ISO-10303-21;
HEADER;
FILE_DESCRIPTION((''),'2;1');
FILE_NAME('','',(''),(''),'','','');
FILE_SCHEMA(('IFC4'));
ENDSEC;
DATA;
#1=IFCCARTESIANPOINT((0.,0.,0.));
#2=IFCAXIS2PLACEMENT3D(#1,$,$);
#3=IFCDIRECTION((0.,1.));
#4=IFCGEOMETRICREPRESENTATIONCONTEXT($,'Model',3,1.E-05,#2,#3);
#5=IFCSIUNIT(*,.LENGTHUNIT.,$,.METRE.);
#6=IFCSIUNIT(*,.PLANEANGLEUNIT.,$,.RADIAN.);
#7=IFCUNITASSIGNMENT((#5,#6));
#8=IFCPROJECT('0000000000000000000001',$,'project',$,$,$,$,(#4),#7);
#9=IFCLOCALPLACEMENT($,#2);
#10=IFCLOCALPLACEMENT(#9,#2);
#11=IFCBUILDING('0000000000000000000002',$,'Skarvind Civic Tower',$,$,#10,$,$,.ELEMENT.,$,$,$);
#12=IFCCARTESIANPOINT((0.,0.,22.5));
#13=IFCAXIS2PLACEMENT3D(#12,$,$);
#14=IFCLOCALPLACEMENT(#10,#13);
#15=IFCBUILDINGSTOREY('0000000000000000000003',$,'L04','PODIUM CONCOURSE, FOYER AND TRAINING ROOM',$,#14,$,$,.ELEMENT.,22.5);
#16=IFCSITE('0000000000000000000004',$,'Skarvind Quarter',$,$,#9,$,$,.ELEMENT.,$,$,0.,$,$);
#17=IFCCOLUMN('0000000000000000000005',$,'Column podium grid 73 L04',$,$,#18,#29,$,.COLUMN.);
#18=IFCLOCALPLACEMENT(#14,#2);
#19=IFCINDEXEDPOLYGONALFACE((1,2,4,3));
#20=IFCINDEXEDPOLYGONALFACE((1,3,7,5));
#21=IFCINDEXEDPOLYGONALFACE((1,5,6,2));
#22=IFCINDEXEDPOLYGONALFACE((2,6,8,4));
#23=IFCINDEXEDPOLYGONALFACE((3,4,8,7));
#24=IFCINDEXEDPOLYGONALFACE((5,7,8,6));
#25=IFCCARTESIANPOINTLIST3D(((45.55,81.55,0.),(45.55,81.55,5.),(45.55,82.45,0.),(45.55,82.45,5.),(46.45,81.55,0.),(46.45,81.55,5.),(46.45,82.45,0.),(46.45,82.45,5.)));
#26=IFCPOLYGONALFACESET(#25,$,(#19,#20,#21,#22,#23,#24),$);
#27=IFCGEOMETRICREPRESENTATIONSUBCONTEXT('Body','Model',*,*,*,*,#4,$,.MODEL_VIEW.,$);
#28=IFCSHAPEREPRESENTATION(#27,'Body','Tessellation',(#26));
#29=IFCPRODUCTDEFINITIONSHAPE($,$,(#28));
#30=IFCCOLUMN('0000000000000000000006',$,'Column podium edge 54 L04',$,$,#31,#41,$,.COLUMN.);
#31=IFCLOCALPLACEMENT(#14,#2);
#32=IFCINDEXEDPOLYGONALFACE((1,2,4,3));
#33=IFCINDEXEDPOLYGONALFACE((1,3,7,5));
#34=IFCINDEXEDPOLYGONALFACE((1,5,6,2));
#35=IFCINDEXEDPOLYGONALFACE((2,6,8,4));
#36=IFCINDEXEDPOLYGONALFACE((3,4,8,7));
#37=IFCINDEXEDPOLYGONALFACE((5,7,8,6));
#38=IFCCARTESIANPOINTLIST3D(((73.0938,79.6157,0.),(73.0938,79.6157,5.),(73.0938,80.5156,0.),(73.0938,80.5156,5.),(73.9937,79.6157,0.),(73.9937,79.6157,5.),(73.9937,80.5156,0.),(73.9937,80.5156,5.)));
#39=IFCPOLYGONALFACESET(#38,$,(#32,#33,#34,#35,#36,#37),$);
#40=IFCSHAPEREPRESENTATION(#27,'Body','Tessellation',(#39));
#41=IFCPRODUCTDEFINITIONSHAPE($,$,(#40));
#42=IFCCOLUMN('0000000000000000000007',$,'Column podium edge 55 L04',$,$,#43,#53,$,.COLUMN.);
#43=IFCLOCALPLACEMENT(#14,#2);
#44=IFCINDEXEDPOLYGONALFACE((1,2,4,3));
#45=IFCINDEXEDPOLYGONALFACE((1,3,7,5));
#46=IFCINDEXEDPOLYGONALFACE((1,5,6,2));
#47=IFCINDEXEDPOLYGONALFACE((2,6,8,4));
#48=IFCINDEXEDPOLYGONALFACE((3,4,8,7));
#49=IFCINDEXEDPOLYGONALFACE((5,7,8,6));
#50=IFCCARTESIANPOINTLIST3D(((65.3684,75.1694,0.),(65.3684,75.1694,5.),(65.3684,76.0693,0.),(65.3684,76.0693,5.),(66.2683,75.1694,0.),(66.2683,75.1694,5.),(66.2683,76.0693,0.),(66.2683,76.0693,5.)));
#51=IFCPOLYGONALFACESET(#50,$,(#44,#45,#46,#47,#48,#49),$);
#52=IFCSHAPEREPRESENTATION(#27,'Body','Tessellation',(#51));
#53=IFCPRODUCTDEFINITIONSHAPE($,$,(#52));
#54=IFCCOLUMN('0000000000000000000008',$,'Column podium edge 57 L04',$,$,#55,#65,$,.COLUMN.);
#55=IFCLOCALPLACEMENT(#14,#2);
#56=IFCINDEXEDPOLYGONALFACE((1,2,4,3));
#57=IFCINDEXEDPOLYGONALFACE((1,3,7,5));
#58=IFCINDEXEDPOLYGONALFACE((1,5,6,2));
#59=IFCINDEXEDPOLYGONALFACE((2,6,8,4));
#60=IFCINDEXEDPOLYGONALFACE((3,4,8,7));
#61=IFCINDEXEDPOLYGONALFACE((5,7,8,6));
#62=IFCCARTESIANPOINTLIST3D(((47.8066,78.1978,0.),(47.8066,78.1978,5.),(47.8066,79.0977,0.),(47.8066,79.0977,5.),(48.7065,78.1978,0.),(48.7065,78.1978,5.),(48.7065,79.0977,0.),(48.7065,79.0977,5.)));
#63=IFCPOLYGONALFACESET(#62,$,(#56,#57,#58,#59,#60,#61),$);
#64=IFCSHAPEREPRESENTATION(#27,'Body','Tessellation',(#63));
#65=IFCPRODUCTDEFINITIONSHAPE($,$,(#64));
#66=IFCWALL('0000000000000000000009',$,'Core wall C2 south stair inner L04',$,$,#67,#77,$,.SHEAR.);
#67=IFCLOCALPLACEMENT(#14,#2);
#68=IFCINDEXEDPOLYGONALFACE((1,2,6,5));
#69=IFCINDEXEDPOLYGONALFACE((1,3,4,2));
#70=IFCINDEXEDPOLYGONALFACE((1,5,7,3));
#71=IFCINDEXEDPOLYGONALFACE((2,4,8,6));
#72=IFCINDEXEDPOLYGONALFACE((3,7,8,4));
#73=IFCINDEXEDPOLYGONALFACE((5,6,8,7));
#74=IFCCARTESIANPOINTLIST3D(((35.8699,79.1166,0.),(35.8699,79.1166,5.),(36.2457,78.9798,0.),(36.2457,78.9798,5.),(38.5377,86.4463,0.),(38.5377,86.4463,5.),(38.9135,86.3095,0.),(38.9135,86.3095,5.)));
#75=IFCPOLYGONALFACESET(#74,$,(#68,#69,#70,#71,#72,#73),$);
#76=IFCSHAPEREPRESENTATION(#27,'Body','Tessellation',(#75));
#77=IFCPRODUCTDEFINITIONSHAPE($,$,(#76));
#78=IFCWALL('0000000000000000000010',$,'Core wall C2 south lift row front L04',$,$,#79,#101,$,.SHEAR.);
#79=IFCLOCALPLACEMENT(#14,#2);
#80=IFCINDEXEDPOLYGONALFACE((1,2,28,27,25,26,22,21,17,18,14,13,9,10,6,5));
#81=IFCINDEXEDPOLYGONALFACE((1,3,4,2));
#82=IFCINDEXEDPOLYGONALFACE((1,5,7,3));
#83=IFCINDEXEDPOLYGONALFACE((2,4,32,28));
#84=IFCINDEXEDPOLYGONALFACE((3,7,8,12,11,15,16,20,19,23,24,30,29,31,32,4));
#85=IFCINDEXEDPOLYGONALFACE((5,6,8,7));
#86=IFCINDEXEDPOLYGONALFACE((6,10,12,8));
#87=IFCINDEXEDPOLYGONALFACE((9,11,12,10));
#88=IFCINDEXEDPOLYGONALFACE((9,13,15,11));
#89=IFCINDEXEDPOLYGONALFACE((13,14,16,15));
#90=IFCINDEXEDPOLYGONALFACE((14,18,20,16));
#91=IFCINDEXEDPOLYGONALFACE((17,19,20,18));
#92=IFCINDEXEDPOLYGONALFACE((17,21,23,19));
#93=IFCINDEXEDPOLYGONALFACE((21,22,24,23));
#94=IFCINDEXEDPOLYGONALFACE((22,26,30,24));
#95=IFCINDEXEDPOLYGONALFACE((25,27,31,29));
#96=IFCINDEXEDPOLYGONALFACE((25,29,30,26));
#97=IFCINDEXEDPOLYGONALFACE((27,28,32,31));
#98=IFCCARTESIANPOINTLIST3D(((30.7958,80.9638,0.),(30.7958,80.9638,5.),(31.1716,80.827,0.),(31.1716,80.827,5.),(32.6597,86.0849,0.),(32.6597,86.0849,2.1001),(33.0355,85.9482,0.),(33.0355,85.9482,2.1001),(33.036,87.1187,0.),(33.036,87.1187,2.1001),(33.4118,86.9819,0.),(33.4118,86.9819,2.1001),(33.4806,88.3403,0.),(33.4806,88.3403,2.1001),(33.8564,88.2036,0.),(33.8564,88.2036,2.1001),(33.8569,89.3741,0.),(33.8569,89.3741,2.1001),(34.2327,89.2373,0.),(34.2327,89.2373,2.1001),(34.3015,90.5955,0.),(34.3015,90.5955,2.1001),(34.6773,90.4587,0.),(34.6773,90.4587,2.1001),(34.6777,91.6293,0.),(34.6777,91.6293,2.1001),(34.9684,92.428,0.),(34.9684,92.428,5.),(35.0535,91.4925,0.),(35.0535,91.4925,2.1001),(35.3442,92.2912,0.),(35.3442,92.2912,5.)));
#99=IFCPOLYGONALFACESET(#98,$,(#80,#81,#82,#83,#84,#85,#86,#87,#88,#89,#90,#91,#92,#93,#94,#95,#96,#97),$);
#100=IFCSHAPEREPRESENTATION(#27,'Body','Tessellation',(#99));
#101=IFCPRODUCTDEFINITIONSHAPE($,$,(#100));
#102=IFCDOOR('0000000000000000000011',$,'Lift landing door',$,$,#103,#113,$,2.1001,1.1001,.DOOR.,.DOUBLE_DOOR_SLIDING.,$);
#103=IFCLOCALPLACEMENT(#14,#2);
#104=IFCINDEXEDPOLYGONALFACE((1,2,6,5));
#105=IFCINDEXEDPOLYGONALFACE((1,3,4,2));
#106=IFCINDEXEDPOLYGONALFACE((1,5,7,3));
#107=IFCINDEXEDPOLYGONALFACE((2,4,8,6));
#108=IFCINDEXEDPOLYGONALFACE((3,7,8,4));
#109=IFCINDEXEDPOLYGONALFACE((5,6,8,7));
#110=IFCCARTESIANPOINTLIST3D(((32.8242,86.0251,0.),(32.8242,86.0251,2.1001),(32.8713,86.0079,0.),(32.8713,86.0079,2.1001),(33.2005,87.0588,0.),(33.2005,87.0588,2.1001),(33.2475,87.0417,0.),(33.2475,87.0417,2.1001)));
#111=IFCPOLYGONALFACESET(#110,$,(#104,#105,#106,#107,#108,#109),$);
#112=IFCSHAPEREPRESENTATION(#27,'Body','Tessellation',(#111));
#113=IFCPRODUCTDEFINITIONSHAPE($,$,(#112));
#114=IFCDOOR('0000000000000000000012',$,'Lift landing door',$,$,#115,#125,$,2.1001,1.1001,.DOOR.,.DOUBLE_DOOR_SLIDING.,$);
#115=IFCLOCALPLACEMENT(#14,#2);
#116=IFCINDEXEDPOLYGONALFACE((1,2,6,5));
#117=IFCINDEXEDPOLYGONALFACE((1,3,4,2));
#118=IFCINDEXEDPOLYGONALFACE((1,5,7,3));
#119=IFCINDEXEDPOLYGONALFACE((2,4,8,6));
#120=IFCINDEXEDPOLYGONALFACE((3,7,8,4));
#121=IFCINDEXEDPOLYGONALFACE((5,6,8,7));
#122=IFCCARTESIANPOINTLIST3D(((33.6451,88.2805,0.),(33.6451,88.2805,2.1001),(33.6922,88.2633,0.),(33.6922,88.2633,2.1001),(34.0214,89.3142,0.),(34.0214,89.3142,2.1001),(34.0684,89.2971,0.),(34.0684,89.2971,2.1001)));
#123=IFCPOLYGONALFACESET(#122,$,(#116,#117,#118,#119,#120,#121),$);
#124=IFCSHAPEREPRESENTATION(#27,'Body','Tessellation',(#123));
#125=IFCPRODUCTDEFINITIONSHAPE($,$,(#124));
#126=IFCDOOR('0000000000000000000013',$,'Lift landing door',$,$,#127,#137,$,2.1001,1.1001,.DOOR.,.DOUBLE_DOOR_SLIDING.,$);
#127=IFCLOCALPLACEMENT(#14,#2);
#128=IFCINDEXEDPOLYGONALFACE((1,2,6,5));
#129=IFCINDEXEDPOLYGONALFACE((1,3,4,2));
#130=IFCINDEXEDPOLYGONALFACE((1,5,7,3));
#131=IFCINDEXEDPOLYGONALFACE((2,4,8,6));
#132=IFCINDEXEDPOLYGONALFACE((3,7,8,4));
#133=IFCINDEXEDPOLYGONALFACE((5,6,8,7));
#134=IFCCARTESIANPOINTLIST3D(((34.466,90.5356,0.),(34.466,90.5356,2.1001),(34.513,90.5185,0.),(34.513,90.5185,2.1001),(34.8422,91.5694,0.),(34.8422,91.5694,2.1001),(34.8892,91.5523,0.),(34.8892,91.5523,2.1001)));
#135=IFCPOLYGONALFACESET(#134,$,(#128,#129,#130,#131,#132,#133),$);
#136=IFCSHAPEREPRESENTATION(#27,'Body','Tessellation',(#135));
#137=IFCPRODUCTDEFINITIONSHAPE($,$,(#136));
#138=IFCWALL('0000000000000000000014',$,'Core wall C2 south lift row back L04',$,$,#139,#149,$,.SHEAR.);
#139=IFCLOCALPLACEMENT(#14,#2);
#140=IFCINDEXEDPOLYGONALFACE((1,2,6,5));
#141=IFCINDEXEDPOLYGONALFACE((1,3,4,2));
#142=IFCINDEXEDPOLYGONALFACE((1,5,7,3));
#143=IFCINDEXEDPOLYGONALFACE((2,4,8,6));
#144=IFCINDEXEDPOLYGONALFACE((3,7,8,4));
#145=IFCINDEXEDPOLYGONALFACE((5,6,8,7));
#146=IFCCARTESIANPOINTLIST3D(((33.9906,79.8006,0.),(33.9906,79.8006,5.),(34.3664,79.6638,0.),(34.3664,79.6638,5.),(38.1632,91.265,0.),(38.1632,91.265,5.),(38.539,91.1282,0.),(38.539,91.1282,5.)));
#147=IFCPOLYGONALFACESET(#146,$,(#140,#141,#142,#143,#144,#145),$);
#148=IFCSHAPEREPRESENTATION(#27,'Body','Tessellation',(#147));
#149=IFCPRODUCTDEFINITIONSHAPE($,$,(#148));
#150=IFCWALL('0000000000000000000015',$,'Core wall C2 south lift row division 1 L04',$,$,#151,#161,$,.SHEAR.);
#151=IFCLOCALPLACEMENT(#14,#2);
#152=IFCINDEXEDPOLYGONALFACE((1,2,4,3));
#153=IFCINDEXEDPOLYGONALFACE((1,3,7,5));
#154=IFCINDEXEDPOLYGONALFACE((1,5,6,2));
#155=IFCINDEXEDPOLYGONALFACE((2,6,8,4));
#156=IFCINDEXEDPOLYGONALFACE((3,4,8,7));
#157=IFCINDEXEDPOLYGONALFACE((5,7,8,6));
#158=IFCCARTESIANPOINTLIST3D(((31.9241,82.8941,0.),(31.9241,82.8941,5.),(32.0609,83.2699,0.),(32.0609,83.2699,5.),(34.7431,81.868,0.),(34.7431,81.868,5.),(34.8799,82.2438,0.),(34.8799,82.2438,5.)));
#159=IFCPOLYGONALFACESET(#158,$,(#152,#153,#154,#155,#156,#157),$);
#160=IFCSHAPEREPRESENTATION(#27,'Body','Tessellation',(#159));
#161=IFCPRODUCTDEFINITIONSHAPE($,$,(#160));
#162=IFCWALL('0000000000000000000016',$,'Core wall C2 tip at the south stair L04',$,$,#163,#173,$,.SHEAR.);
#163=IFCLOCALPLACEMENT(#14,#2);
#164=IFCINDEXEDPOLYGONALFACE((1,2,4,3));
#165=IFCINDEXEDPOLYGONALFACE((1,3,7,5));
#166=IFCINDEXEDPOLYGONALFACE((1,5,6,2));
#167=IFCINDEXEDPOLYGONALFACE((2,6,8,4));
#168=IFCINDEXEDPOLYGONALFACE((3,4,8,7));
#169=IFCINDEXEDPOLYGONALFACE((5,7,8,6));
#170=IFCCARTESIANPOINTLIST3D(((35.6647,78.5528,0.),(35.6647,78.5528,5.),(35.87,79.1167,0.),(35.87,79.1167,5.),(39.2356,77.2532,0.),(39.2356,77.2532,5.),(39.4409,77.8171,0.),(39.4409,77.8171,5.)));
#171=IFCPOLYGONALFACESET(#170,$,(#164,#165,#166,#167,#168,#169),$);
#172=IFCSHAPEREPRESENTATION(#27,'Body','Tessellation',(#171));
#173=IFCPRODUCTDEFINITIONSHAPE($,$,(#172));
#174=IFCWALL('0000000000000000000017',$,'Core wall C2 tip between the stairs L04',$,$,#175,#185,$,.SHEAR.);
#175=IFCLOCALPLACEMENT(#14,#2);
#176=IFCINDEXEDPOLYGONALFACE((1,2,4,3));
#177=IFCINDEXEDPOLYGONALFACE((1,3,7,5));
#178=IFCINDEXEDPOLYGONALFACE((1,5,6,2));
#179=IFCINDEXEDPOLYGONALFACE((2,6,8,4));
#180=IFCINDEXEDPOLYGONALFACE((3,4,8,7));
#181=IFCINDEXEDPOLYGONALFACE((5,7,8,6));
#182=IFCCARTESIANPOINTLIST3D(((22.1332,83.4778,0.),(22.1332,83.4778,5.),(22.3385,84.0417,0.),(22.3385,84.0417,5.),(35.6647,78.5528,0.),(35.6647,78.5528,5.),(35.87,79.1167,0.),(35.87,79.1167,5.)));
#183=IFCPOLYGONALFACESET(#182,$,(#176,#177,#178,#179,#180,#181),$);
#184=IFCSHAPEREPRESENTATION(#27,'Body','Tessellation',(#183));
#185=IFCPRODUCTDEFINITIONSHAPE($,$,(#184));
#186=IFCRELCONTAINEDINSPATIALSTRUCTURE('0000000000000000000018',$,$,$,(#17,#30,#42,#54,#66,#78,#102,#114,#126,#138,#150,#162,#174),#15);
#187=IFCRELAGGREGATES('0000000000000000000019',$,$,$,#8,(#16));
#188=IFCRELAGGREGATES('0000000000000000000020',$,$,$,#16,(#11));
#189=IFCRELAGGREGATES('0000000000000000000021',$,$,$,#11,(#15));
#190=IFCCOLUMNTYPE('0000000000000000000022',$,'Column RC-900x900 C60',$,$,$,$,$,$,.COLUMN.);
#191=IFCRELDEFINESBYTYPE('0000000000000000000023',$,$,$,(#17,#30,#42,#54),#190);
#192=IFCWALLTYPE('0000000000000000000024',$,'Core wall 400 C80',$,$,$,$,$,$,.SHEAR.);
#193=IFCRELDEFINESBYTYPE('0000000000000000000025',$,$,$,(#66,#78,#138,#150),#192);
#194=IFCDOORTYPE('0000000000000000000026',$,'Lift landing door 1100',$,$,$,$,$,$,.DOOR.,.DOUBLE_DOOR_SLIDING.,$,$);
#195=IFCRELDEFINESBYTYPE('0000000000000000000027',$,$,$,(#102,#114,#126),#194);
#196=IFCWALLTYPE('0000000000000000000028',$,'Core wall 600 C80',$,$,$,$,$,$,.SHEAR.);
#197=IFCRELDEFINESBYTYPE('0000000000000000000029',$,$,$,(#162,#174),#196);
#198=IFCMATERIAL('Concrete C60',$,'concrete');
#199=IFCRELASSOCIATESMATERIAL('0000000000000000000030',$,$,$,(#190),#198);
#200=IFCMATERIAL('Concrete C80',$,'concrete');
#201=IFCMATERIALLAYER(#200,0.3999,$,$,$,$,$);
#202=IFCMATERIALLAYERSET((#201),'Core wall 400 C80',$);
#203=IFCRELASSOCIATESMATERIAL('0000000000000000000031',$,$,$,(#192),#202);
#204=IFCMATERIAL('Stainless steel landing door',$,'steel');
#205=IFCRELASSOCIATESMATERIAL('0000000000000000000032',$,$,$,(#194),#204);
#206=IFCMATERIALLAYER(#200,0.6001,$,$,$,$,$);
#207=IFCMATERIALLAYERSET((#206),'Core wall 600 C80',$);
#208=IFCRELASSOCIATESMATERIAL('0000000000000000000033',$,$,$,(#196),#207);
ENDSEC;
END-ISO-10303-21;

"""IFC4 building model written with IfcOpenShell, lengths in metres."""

from ifc_helpers import new_model, si_unit, direction, frame, frame_2d, origin, origin_2d, place, context, subcontext, project, spatial, rectangle, extrude, material, layer, layer_set, material_profile, profile_set, type_object, element, fill, save


model = new_model("IFC4")

# Units and contexts
model_context = context("Model", 3, precision=1e-05, world=origin(), true_north=direction((0.0, 1.0)))
body_context = subcontext(model_context, "Body", "Model", "MODEL_VIEW")
ifc_project = project(units=[si_unit("LENGTHUNIT", "METRE"), si_unit("PLANEANGLEUNIT", "RADIAN")], contexts=[model_context])

# Site, building, storey
site_placement = place(None, origin())
site = spatial("IfcSite", under=ifc_project, at=site_placement, Name="Skarvind Quarter", CompositionType="ELEMENT", RefElevation=0.0)
building_placement = place(site_placement, origin())
building = spatial("IfcBuilding", under=site, at=building_placement, Name="Skarvind Civic Tower", CompositionType="ELEMENT")
storey_placement = place(building_placement, frame((0.0, 0.0, 22.5)))
storey = spatial("IfcBuildingStorey", under=building, at=storey_placement, Name="L04", Description="PODIUM CONCOURSE, FOYER AND TRAINING ROOM", CompositionType="ELEMENT", Elevation=22.5)

# Columns
ifc_material_1 = material(Name="Concrete C60", Category="concrete")
ifc_material_profile = material_profile(ifc_material_1, rectangle(XDim=0.8999, YDim=0.8999, at=origin_2d()), Name="RC-900x900")
ifc_profile_set = profile_set([ifc_material_profile], Name="Concrete C60")
column_type = type_object("IfcColumnType", Name="Column RC-900x900 C60", PredefinedType="COLUMN", material=ifc_profile_set)
for number, where, z_axis, x_axis, name in (
    (1, (46.0, 82.0, 0.0), (0.0, 0.0, 1.0), (1.0, 0.0, 0.0), "Column podium grid 73 L04"),
    (2, (73.5437, 80.0657, 0.0), (0.0, 0.0, 1.0), (1.0, 0.0, 0.0), "Column podium edge 54 L04"),
    (3, (65.8184, 75.6194, 0.0), (0.0, 0.0, 1.0), (1.0, 0.0, 0.0), "Column podium edge 55 L04"),
    (4, (48.2566, 78.6477, 0.0), (0.0, 0.0, 1.0), (1.0, 0.0, 0.0), "Column podium edge 57 L04"),
):
    element("IfcColumn", number, at=place(storey_placement, frame(where, z_axis=z_axis, x_axis=x_axis)), inside=storey, type_object=column_type, Name=name, PredefinedType="COLUMN", context=body_context, shape_type="SweptSolid", body=[
        extrude(rectangle(XDim=0.8999, YDim=0.8999, at=origin_2d()), origin(), (0.0, 0.0, 1.0), 5.0),
    ])

# Wall
ifc_material_2 = material(Name="Concrete C80", Category="concrete")
ifc_layer_1 = layer(ifc_material_2, 0.3999)
ifc_layer_set_1 = layer_set([ifc_layer_1], Name="Core wall 400 C80")
wall_type_1 = type_object("IfcWallType", Name="Core wall 400 C80", PredefinedType="SHEAR", material=ifc_layer_set_1)
wall_1_placement = place(storey_placement, frame((36.0579, 79.0483, 0.0), z_axis=(0.0, 0.0, 1.0), x_axis=(0.342017, 0.939694, 0.0)))
element("IfcWall", 5, at=wall_1_placement, inside=storey, type_object=wall_type_1, Name="Core wall C2 south stair inner L04", PredefinedType="SHEAR", context=body_context, shape_type="SweptSolid", body=[
    extrude(rectangle(XDim=7.8, YDim=0.3999, at=frame_2d((3.8999, 0.0))), origin(), (0.0, 0.0, 1.0), 5.0),
])

# Wall, openings, doors
wall_2_placement = place(storey_placement, frame((30.9836, 80.8953, 0.0), z_axis=(0.0, 0.0, 1.0), x_axis=(0.342021, 0.939692, 0.0)))
wall_2 = element("IfcWall", 6, at=wall_2_placement, inside=storey, type_object=wall_type_1, Name="Core wall C2 south lift row front L04", PredefinedType="SHEAR", context=body_context, shape_type="SweptSolid", body=[
    extrude(rectangle(XDim=12.2, YDim=0.3999, at=frame_2d((6.1001, 0.0))), origin(), (0.0, 0.0, 1.0), 5.0),
])
opening_1_placement = place(wall_2_placement, frame((5.45, 0.0, 0.0)))
opening_1 = element("IfcOpeningElement", 7, at=opening_1_placement, cuts=wall_2, PredefinedType="OPENING", context=body_context, shape_type="SweptSolid", body=[
    extrude(rectangle(XDim=1.1001, YDim=2.1001, at=frame_2d((0.55, 1.05))), frame((0.0, 0.21, 0.0), z_axis=(0.0, -1.0, 0.0), x_axis=(1.0, 0.0, 0.0)), (0.0, 0.0, 1.0), 0.4199),
])
opening_2_placement = place(wall_2_placement, frame((7.8501, 0.0, 0.0)))
opening_2 = element("IfcOpeningElement", 8, at=opening_2_placement, cuts=wall_2, PredefinedType="OPENING", context=body_context, shape_type="SweptSolid", body=[
    extrude(rectangle(XDim=1.1001, YDim=2.1001, at=frame_2d((0.55, 1.05))), frame((0.0, 0.21, 0.0), z_axis=(0.0, -1.0, 0.0), x_axis=(1.0, 0.0, 0.0)), (0.0, 0.0, 1.0), 0.4199),
])
opening_3_placement = place(wall_2_placement, frame((10.25, 0.0, 0.0)))
opening_3 = element("IfcOpeningElement", 9, at=opening_3_placement, cuts=wall_2, PredefinedType="OPENING", context=body_context, shape_type="SweptSolid", body=[
    extrude(rectangle(XDim=1.1001, YDim=2.1001, at=frame_2d((0.55, 1.05))), frame((0.0, 0.21, 0.0), z_axis=(0.0, -1.0, 0.0), x_axis=(1.0, 0.0, 0.0)), (0.0, 0.0, 1.0), 0.4199),
])
ifc_material_3 = material(Name="Stainless steel landing door", Category="steel")
door_type = type_object("IfcDoorType", Name="Lift landing door 1100", OperationType="DOUBLE_DOOR_SLIDING", PredefinedType="DOOR", material=ifc_material_3)
door_1_placement = place(opening_1_placement, origin())
door_1 = element("IfcDoor", 10, at=door_1_placement, inside=storey, type_object=door_type, Name="Lift landing door", OperationType="DOUBLE_DOOR_SLIDING", OverallHeight=2.1001, OverallWidth=1.1001, PredefinedType="DOOR", context=body_context, shape_type="SweptSolid", body=[
    extrude(rectangle(XDim=1.1001, YDim=2.1001, at=frame_2d((0.55, 1.05))), frame((0.0, 0.0249, 0.0), z_axis=(0.0, -1.0, 0.0), x_axis=(1.0, 0.0, 0.0)), (0.0, 0.0, 1.0), 0.05),
])
fill(opening_1, door_1)
door_2_placement = place(opening_2_placement, origin())
door_2 = element("IfcDoor", 11, at=door_2_placement, inside=storey, type_object=door_type, Name="Lift landing door", OperationType="DOUBLE_DOOR_SLIDING", OverallHeight=2.1001, OverallWidth=1.1001, PredefinedType="DOOR", context=body_context, shape_type="SweptSolid", body=[
    extrude(rectangle(XDim=1.1001, YDim=2.1001, at=frame_2d((0.55, 1.05))), frame((0.0, 0.0249, 0.0), z_axis=(0.0, -1.0, 0.0), x_axis=(1.0, 0.0, 0.0)), (0.0, 0.0, 1.0), 0.05),
])
fill(opening_2, door_2)
door_3_placement = place(opening_3_placement, origin())
door_3 = element("IfcDoor", 12, at=door_3_placement, inside=storey, type_object=door_type, Name="Lift landing door", OperationType="DOUBLE_DOOR_SLIDING", OverallHeight=2.1001, OverallWidth=1.1001, PredefinedType="DOOR", context=body_context, shape_type="SweptSolid", body=[
    extrude(rectangle(XDim=1.1001, YDim=2.1001, at=frame_2d((0.55, 1.05))), frame((0.0, 0.0249, 0.0), z_axis=(0.0, -1.0, 0.0), x_axis=(1.0, 0.0, 0.0)), (0.0, 0.0, 1.0), 0.05),
])
fill(opening_3, door_3)

# Walls
wall_3_placement = place(storey_placement, frame((34.1785, 79.7322, 0.0), z_axis=(0.0, 0.0, 1.0), x_axis=(0.342015, 0.939695, 0.0)))
element("IfcWall", 13, at=wall_3_placement, inside=storey, type_object=wall_type_1, Name="Core wall C2 south lift row back L04", PredefinedType="SHEAR", context=body_context, shape_type="SweptSolid", body=[
    extrude(rectangle(XDim=12.2002, YDim=0.3999, at=frame_2d((6.1001, 0.0))), origin(), (0.0, 0.0, 1.0), 5.0),
])
wall_4_placement = place(storey_placement, frame((34.8115, 82.0559, 0.0), z_axis=(0.0, 0.0, 1.0), x_axis=(-0.939686, 0.342037, 0.0)))
element("IfcWall", 14, at=wall_4_placement, inside=storey, type_object=wall_type_1, Name="Core wall C2 south lift row division 1 L04", PredefinedType="SHEAR", context=body_context, shape_type="SweptSolid", body=[
    extrude(rectangle(XDim=3.0, YDim=0.3999, at=frame_2d((1.5, 0.0))), origin(), (0.0, 0.0, 1.0), 5.0),
])
ifc_layer_2 = layer(ifc_material_2, 0.6001)
ifc_layer_set_2 = layer_set([ifc_layer_2], Name="Core wall 600 C80")
wall_type_2 = type_object("IfcWallType", Name="Core wall 600 C80", PredefinedType="SHEAR", material=ifc_layer_set_2)
wall_5_placement = place(storey_placement, frame((39.3381, 77.5352, 0.0), z_axis=(0.0, 0.0, 1.0), x_axis=(-0.939701, 0.341996, 0.0)))
element("IfcWall", 15, at=wall_5_placement, inside=storey, type_object=wall_type_2, Name="Core wall C2 tip at the south stair L04", PredefinedType="SHEAR", context=body_context, shape_type="SweptSolid", body=[
    extrude(rectangle(XDim=3.8, YDim=0.6001, at=frame_2d((1.8999, 0.0))), origin(), (0.0, 0.0, 1.0), 5.0),
])
wall_6_placement = place(storey_placement, frame((35.7673, 78.8347, 0.0), z_axis=(0.0, 0.0, 1.0), x_axis=(-0.939693, 0.342019, 0.0)))
element("IfcWall", 16, at=wall_6_placement, inside=storey, type_object=wall_type_2, Name="Core wall C2 tip between the stairs L04", PredefinedType="SHEAR", context=body_context, shape_type="SweptSolid", body=[
    extrude(rectangle(XDim=14.3999, YDim=0.6001, at=frame_2d((7.2, 0.0))), origin(), (0.0, 0.0, 1.0), 5.0),
])

save(model, "model.ifc")
